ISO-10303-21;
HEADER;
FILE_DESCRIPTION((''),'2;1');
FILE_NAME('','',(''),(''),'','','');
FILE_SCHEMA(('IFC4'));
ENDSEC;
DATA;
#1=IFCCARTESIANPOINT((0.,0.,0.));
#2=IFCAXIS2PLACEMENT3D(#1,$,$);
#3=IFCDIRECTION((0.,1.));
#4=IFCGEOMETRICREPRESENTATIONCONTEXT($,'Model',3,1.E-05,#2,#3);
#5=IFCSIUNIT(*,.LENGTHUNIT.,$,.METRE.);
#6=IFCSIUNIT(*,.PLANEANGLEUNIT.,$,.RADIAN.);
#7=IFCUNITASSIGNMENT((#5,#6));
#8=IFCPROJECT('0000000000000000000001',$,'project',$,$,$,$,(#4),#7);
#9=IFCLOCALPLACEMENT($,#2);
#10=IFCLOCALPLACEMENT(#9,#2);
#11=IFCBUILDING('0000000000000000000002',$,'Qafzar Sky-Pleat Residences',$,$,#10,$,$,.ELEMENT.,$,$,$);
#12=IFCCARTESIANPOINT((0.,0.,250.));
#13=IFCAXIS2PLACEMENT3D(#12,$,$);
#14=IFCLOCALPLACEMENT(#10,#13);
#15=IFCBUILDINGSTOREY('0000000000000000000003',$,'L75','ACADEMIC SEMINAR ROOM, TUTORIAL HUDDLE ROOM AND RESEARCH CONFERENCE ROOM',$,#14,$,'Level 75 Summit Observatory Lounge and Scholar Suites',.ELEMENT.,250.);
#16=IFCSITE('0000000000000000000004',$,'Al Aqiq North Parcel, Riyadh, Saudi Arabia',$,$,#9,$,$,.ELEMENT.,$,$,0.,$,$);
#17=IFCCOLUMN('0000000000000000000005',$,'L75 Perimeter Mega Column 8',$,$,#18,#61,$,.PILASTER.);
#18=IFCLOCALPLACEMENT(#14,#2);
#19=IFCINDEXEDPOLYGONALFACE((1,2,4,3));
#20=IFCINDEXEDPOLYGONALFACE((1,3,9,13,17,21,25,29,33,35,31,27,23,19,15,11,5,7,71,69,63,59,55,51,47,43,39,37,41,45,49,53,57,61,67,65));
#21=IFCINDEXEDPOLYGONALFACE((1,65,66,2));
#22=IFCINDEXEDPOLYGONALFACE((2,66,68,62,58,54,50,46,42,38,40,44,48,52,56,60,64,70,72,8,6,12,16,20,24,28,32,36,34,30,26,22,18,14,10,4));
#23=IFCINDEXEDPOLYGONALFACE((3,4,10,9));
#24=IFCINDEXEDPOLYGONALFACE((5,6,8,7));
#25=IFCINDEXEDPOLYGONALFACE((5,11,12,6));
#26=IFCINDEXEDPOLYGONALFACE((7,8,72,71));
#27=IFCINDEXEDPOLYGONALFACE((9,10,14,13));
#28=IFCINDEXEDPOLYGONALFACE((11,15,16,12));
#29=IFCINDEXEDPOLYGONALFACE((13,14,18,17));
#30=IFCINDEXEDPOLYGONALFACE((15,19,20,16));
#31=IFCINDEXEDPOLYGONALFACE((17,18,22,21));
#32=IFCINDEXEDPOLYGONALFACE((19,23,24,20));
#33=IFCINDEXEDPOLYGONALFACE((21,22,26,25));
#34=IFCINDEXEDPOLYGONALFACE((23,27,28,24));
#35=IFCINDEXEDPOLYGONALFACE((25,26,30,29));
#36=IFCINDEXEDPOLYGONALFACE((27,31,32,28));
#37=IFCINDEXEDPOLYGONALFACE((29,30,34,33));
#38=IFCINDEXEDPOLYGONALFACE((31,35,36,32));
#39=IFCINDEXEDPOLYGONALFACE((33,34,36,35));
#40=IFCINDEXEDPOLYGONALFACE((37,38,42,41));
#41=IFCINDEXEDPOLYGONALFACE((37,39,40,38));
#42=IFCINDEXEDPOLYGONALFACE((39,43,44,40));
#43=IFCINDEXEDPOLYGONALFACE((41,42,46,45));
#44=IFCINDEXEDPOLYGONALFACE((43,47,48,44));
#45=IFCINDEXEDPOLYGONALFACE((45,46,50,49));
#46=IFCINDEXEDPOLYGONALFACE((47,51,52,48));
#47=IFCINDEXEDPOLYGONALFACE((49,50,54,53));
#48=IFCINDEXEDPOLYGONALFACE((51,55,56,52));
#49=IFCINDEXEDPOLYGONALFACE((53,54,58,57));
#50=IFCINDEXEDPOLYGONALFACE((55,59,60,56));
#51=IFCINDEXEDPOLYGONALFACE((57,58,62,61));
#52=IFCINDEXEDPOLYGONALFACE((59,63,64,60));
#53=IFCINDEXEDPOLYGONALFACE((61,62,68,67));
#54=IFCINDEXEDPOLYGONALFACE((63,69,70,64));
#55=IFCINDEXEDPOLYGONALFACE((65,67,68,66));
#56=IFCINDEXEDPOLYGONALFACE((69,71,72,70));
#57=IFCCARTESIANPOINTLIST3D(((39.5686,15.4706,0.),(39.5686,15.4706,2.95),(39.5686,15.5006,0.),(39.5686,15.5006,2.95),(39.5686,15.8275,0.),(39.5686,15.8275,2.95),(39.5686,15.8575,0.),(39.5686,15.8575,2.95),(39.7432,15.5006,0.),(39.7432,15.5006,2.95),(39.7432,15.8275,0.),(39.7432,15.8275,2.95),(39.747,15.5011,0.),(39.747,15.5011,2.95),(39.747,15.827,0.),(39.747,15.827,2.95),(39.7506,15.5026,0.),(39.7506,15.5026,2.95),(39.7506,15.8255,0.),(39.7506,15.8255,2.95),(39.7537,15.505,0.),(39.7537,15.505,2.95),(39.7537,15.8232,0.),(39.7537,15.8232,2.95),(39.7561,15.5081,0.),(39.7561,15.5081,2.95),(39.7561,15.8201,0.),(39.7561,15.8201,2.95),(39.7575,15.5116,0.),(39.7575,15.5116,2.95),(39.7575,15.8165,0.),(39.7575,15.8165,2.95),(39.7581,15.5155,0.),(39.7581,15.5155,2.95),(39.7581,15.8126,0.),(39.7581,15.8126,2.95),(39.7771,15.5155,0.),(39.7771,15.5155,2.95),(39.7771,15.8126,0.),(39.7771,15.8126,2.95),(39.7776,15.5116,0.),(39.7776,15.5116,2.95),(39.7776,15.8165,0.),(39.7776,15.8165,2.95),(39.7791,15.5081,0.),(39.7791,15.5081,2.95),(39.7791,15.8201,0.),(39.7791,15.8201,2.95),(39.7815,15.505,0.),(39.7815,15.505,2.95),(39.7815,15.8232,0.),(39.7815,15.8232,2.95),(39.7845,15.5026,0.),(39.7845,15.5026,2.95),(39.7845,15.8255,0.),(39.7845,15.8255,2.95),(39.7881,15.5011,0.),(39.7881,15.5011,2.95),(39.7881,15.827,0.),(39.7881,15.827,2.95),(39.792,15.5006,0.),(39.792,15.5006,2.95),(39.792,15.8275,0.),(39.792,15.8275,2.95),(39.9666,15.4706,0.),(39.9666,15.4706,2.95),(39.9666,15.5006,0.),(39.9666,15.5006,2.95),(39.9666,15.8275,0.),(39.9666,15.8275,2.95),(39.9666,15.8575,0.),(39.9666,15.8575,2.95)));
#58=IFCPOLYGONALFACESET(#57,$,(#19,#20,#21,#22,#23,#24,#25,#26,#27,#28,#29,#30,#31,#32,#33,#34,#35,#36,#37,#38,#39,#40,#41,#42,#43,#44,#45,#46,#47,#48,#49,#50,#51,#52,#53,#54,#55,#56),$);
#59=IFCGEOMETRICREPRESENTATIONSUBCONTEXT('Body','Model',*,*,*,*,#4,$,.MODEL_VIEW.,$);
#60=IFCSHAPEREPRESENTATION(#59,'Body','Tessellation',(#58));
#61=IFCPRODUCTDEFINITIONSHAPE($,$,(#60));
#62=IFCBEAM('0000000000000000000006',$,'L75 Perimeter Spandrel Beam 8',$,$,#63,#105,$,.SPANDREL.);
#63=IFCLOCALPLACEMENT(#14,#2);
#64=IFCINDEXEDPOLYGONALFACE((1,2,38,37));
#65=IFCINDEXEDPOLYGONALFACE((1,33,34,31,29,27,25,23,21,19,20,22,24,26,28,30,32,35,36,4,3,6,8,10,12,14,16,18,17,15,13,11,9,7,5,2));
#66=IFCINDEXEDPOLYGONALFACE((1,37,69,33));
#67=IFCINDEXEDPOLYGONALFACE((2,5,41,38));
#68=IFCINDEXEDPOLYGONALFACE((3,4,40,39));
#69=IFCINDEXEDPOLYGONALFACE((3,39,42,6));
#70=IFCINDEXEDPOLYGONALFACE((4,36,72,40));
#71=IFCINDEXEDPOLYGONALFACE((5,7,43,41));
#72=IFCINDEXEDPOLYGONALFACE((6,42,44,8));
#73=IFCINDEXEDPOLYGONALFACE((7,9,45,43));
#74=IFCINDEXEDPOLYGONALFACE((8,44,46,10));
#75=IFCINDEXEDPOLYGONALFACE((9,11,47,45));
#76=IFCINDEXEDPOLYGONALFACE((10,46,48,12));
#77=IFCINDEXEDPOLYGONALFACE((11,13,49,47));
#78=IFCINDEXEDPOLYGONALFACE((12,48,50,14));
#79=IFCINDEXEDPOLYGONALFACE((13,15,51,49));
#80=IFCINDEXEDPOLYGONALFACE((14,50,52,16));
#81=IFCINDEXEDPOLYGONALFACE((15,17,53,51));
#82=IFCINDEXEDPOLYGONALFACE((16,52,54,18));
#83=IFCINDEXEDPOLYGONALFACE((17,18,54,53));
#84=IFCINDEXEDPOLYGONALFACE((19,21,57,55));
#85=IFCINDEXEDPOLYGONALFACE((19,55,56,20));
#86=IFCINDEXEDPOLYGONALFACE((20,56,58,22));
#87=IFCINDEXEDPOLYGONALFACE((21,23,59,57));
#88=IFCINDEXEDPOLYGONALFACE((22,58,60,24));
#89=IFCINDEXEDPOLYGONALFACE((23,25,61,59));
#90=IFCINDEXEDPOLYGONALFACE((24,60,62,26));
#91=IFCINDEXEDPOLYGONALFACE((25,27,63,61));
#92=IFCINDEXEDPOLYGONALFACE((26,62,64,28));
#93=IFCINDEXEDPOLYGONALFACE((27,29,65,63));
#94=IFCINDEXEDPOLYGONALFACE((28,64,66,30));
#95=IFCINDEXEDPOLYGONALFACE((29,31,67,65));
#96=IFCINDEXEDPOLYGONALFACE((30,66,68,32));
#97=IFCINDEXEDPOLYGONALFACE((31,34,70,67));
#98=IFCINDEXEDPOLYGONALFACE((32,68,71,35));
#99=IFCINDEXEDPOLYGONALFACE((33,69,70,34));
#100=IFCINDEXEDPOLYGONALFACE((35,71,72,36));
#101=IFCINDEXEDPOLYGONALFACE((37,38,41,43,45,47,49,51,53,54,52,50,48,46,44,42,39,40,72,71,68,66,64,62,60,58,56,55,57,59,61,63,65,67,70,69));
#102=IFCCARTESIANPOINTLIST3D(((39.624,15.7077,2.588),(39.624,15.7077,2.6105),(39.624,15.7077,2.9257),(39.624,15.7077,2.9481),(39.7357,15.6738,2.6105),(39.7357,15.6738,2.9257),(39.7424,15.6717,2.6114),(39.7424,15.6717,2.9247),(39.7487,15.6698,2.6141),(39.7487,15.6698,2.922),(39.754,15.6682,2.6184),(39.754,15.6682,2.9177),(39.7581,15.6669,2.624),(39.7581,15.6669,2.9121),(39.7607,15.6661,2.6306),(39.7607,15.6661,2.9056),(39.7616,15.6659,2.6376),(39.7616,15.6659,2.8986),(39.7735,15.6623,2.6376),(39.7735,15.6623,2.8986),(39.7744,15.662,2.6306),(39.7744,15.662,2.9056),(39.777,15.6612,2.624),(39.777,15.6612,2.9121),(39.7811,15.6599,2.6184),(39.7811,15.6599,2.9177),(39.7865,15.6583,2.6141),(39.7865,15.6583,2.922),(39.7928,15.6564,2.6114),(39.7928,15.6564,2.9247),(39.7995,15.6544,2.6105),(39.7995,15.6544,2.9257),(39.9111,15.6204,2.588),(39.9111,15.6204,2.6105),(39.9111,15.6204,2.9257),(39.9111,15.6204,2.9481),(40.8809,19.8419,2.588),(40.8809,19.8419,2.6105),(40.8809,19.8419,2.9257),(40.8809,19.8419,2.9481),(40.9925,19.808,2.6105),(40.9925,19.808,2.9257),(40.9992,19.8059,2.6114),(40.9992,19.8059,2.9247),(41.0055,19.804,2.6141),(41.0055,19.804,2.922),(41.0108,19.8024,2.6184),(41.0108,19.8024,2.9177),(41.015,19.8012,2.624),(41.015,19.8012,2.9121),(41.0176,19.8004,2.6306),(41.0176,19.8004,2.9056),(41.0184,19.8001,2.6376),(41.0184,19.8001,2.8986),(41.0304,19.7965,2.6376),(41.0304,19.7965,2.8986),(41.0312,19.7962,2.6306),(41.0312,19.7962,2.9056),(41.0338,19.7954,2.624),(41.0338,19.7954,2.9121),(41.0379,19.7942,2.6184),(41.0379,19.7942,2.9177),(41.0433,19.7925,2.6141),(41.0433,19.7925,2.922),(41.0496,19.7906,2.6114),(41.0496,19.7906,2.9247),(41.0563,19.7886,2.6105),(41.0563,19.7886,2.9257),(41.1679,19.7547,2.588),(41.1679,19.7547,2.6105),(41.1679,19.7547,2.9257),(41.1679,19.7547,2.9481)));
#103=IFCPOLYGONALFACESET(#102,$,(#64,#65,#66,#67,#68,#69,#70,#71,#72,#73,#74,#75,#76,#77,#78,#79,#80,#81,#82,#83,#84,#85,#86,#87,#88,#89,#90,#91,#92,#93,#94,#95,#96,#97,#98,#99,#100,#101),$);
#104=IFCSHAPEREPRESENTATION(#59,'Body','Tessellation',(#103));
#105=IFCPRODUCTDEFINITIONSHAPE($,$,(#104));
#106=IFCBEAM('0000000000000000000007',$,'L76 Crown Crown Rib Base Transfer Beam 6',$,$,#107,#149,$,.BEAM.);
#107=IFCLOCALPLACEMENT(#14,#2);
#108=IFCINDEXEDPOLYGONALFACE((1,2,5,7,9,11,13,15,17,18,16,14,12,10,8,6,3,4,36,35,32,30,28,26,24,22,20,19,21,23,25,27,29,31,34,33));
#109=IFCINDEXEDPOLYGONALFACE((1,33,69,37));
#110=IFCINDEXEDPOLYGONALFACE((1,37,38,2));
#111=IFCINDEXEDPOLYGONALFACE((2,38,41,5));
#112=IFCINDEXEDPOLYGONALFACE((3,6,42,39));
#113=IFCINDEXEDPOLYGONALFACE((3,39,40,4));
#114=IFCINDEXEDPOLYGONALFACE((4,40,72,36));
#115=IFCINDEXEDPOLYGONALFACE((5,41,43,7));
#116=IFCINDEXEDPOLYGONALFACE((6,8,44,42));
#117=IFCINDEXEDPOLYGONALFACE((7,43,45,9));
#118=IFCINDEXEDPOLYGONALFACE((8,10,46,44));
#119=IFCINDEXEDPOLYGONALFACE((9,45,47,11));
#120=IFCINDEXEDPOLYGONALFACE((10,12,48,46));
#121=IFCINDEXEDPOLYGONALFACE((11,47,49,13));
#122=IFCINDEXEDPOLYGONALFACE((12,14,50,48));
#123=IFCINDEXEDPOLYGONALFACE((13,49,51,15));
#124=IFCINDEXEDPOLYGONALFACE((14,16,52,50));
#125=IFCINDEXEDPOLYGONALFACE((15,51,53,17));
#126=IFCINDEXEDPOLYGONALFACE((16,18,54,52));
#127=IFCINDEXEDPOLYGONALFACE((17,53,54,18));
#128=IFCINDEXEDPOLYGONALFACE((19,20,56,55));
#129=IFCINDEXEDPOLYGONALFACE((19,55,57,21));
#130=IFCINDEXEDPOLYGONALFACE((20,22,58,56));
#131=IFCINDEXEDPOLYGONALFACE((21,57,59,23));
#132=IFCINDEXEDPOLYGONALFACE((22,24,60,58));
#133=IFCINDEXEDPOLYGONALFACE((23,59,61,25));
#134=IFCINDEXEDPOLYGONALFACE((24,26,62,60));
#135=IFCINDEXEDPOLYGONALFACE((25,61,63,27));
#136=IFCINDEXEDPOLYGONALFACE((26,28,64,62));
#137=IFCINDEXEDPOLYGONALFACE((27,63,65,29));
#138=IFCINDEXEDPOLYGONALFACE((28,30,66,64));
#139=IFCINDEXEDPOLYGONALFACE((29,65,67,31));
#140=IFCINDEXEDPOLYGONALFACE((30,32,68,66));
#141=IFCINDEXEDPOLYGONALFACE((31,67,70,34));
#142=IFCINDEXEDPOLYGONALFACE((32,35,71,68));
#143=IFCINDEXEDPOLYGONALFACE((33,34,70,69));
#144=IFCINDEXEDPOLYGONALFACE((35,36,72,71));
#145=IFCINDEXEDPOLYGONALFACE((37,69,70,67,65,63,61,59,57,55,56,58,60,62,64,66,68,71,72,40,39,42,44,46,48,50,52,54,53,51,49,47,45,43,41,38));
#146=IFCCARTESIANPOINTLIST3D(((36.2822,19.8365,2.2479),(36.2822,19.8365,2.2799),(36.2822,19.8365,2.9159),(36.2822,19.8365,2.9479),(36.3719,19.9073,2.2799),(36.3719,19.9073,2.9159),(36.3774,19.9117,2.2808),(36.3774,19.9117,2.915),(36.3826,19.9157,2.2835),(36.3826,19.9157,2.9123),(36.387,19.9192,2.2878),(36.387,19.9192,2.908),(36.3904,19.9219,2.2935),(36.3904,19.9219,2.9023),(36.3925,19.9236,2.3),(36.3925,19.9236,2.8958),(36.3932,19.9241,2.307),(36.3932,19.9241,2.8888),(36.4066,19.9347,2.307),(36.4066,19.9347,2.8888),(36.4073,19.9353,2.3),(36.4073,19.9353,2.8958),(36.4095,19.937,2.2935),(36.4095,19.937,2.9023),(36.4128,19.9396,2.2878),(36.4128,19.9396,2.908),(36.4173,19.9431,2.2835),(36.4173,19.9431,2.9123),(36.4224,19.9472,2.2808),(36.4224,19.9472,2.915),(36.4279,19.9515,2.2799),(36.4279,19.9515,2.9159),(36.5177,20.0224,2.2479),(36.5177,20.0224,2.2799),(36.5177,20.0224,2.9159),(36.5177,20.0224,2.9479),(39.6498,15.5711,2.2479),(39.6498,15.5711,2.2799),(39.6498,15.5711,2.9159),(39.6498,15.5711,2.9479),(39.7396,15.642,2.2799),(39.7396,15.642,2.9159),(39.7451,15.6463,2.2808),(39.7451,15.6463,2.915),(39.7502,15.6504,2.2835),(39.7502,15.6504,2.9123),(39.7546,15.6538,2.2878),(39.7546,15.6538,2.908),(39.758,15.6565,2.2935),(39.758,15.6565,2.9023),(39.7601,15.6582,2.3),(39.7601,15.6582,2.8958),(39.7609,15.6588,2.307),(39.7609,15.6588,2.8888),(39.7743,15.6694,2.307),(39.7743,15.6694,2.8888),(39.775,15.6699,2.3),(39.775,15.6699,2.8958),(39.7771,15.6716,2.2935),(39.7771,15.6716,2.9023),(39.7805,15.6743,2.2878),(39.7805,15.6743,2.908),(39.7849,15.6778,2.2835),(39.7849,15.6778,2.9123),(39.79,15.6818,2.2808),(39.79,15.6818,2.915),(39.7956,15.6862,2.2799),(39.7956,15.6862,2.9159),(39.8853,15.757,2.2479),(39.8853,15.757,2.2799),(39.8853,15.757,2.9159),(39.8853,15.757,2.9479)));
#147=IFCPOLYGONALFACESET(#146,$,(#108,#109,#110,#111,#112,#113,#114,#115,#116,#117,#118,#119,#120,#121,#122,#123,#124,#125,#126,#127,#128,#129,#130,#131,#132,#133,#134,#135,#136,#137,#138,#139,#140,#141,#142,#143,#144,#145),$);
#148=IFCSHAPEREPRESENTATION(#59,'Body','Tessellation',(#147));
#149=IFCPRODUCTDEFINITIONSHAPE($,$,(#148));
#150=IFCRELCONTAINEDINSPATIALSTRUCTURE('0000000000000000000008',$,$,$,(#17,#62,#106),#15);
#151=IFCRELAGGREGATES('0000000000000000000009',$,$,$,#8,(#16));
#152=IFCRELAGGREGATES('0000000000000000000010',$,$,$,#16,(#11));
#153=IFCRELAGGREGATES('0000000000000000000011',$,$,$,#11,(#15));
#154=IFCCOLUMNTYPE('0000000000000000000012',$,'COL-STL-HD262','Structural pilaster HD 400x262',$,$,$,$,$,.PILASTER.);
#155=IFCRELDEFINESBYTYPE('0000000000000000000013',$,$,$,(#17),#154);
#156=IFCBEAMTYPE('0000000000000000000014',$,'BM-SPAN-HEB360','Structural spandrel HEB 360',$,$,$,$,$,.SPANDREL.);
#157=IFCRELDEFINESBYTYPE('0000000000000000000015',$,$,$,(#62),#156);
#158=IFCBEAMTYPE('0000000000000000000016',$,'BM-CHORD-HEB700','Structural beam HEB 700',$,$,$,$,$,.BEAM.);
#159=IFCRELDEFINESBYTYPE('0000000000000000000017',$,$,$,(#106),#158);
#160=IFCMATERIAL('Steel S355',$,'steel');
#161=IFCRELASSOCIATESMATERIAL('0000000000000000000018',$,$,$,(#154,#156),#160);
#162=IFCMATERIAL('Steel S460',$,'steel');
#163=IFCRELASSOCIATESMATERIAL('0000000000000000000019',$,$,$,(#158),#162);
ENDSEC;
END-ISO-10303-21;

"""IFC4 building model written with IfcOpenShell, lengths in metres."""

from ifc_helpers import new_model, si_unit, direction, frame, origin, origin_2d, place, context, subcontext, project, spatial, i_section, extrude, source, transform, mapped, material, material_profile, profile_set, type_object, element, save


model = new_model("IFC4")

# Units and contexts
model_context = context("Model", 3, precision=1e-05, world=origin(), true_north=direction((0.0, 1.0)))
body_context = subcontext(model_context, "Body", "Model", "MODEL_VIEW")
ifc_project = project(units=[si_unit("LENGTHUNIT", "METRE"), si_unit("PLANEANGLEUNIT", "RADIAN")], contexts=[model_context])

# Site, building, storey
site_placement = place(None, origin())
site = spatial("IfcSite", under=ifc_project, at=site_placement, Name="Al Aqiq North Parcel, Riyadh, Saudi Arabia", CompositionType="ELEMENT", RefElevation=0.0)
building_placement = place(site_placement, origin())
building = spatial("IfcBuilding", under=site, at=building_placement, Name="Qafzar Sky-Pleat Residences", CompositionType="ELEMENT")
storey_placement = place(building_placement, frame((0.0, 0.0, 250.0)))
storey = spatial("IfcBuildingStorey", under=building, at=storey_placement, Name="L75", Description="ACADEMIC SEMINAR ROOM, TUTORIAL HUDDLE ROOM AND RESEARCH CONFERENCE ROOM", LongName="Level 75 Summit Observatory Lounge and Scholar Suites", CompositionType="ELEMENT", Elevation=250.0)

# Column
ifc_material_1 = material(Name="Steel S355", Category="steel")
ifc_material_profile_1 = material_profile(ifc_material_1, i_section(OverallWidth=0.3979, OverallDepth=0.387, WebThickness=0.019, FlangeThickness=0.03, FilletRadius=0.0149, at=origin_2d()), Name="HD 400x262")
ifc_profile_set_1 = profile_set([ifc_material_profile_1], Name="Steel S355")
column_type = type_object("IfcColumnType", Name="COL-STL-HD262", Description="Structural pilaster HD 400x262", PredefinedType="PILASTER", material=ifc_profile_set_1)
shared_shape_1 = source(origin(), body_context, "Body", "SweptSolid", [
    extrude(i_section(OverallWidth=0.3979, OverallDepth=0.387, WebThickness=0.019, FlangeThickness=0.03, FilletRadius=0.0149, at=origin_2d()), origin(), (0.0, 0.0, 1.0), 2.95),
])
column_placement = place(storey_placement, frame((39.7676, 15.6641, 0.0), z_axis=(0.0, 0.0, 1.0), x_axis=(1.0, 0.0, 0.0)))
element("IfcColumn", 1, at=column_placement, inside=storey, type_object=column_type, Name="L75 Perimeter Mega Column 8", PredefinedType="PILASTER", context=body_context, shape_type="MappedRepresentation", body=[
    mapped(shared_shape_1, transform((0.0, 0.0, 0.0), x_axis=(1.0, 0.0, 0.0), y_axis=(0.0, 1.0, 0.0), z_axis=(0.0, 0.0, 1.0), scale=1.0)),
])

# Beams
ifc_material_profile_2 = material_profile(ifc_material_1, i_section(OverallWidth=0.3, OverallDepth=0.3601, WebThickness=0.0125, FlangeThickness=0.0225, FilletRadius=0.0271, at=origin_2d()), Name="HEB 360")
ifc_profile_set_2 = profile_set([ifc_material_profile_2], Name="Steel S355")
beam_type_1 = type_object("IfcBeamType", Name="BM-SPAN-HEB360", Description="Structural spandrel HEB 360", PredefinedType="SPANDREL", material=ifc_profile_set_2)
shared_shape_2 = source(origin(), body_context, "Body", "SweptSolid", [
    extrude(i_section(OverallWidth=0.3, OverallDepth=0.3601, WebThickness=0.0125, FlangeThickness=0.0225, FilletRadius=0.0271, at=origin_2d()), origin(), (0.0, 0.0, 1.0), 4.321),
])
beam_1_placement = place(storey_placement, frame((39.7676, 15.6641, 2.7681), z_axis=(0.29086, 0.956766, 0.0), x_axis=(-0.956766, 0.29086, 0.0)))
element("IfcBeam", 2, at=beam_1_placement, inside=storey, type_object=beam_type_1, Name="L75 Perimeter Spandrel Beam 8", PredefinedType="SPANDREL", context=body_context, shape_type="MappedRepresentation", body=[
    mapped(shared_shape_2, transform((0.0, 0.0, 0.0), x_axis=(1.0, 0.0, 0.0), y_axis=(0.0, 1.0, 0.0), z_axis=(0.0, 0.0, 1.0), scale=1.0)),
])
ifc_material_2 = material(Name="Steel S460", Category="steel")
ifc_material_profile_3 = material_profile(ifc_material_2, i_section(OverallWidth=0.3, OverallDepth=0.7, WebThickness=0.0171, FlangeThickness=0.032, FilletRadius=0.0271, at=origin_2d()), Name="HEB 700")
ifc_profile_set_3 = profile_set([ifc_material_profile_3], Name="Steel S460")
beam_type_2 = type_object("IfcBeamType", Name="BM-CHORD-HEB700", Description="Structural beam HEB 700", PredefinedType="BEAM", material=ifc_profile_set_3)
shared_shape_3 = source(origin(), body_context, "Body", "SweptSolid", [
    extrude(i_section(OverallWidth=0.3, OverallDepth=0.7, WebThickness=0.0171, FlangeThickness=0.032, FilletRadius=0.0271, at=origin_2d()), origin(), (0.0, 0.0, 1.0), 5.4346),
])
beam_2_placement = place(storey_placement, frame((39.7676, 15.6641, 2.5979), z_axis=(-0.619675, 0.784859, 0.0), x_axis=(-0.784859, -0.619675, 0.0)))
element("IfcBeam", 3, at=beam_2_placement, inside=storey, type_object=beam_type_2, Name="L76 Crown Crown Rib Base Transfer Beam 6", PredefinedType="BEAM", context=body_context, shape_type="MappedRepresentation", body=[
    mapped(shared_shape_3, transform((0.0, 0.0, 0.0), x_axis=(1.0, 0.0, 0.0), y_axis=(0.0, 1.0, 0.0), z_axis=(0.0, 0.0, 1.0), scale=1.0)),
])

save(model, "model.ifc")
